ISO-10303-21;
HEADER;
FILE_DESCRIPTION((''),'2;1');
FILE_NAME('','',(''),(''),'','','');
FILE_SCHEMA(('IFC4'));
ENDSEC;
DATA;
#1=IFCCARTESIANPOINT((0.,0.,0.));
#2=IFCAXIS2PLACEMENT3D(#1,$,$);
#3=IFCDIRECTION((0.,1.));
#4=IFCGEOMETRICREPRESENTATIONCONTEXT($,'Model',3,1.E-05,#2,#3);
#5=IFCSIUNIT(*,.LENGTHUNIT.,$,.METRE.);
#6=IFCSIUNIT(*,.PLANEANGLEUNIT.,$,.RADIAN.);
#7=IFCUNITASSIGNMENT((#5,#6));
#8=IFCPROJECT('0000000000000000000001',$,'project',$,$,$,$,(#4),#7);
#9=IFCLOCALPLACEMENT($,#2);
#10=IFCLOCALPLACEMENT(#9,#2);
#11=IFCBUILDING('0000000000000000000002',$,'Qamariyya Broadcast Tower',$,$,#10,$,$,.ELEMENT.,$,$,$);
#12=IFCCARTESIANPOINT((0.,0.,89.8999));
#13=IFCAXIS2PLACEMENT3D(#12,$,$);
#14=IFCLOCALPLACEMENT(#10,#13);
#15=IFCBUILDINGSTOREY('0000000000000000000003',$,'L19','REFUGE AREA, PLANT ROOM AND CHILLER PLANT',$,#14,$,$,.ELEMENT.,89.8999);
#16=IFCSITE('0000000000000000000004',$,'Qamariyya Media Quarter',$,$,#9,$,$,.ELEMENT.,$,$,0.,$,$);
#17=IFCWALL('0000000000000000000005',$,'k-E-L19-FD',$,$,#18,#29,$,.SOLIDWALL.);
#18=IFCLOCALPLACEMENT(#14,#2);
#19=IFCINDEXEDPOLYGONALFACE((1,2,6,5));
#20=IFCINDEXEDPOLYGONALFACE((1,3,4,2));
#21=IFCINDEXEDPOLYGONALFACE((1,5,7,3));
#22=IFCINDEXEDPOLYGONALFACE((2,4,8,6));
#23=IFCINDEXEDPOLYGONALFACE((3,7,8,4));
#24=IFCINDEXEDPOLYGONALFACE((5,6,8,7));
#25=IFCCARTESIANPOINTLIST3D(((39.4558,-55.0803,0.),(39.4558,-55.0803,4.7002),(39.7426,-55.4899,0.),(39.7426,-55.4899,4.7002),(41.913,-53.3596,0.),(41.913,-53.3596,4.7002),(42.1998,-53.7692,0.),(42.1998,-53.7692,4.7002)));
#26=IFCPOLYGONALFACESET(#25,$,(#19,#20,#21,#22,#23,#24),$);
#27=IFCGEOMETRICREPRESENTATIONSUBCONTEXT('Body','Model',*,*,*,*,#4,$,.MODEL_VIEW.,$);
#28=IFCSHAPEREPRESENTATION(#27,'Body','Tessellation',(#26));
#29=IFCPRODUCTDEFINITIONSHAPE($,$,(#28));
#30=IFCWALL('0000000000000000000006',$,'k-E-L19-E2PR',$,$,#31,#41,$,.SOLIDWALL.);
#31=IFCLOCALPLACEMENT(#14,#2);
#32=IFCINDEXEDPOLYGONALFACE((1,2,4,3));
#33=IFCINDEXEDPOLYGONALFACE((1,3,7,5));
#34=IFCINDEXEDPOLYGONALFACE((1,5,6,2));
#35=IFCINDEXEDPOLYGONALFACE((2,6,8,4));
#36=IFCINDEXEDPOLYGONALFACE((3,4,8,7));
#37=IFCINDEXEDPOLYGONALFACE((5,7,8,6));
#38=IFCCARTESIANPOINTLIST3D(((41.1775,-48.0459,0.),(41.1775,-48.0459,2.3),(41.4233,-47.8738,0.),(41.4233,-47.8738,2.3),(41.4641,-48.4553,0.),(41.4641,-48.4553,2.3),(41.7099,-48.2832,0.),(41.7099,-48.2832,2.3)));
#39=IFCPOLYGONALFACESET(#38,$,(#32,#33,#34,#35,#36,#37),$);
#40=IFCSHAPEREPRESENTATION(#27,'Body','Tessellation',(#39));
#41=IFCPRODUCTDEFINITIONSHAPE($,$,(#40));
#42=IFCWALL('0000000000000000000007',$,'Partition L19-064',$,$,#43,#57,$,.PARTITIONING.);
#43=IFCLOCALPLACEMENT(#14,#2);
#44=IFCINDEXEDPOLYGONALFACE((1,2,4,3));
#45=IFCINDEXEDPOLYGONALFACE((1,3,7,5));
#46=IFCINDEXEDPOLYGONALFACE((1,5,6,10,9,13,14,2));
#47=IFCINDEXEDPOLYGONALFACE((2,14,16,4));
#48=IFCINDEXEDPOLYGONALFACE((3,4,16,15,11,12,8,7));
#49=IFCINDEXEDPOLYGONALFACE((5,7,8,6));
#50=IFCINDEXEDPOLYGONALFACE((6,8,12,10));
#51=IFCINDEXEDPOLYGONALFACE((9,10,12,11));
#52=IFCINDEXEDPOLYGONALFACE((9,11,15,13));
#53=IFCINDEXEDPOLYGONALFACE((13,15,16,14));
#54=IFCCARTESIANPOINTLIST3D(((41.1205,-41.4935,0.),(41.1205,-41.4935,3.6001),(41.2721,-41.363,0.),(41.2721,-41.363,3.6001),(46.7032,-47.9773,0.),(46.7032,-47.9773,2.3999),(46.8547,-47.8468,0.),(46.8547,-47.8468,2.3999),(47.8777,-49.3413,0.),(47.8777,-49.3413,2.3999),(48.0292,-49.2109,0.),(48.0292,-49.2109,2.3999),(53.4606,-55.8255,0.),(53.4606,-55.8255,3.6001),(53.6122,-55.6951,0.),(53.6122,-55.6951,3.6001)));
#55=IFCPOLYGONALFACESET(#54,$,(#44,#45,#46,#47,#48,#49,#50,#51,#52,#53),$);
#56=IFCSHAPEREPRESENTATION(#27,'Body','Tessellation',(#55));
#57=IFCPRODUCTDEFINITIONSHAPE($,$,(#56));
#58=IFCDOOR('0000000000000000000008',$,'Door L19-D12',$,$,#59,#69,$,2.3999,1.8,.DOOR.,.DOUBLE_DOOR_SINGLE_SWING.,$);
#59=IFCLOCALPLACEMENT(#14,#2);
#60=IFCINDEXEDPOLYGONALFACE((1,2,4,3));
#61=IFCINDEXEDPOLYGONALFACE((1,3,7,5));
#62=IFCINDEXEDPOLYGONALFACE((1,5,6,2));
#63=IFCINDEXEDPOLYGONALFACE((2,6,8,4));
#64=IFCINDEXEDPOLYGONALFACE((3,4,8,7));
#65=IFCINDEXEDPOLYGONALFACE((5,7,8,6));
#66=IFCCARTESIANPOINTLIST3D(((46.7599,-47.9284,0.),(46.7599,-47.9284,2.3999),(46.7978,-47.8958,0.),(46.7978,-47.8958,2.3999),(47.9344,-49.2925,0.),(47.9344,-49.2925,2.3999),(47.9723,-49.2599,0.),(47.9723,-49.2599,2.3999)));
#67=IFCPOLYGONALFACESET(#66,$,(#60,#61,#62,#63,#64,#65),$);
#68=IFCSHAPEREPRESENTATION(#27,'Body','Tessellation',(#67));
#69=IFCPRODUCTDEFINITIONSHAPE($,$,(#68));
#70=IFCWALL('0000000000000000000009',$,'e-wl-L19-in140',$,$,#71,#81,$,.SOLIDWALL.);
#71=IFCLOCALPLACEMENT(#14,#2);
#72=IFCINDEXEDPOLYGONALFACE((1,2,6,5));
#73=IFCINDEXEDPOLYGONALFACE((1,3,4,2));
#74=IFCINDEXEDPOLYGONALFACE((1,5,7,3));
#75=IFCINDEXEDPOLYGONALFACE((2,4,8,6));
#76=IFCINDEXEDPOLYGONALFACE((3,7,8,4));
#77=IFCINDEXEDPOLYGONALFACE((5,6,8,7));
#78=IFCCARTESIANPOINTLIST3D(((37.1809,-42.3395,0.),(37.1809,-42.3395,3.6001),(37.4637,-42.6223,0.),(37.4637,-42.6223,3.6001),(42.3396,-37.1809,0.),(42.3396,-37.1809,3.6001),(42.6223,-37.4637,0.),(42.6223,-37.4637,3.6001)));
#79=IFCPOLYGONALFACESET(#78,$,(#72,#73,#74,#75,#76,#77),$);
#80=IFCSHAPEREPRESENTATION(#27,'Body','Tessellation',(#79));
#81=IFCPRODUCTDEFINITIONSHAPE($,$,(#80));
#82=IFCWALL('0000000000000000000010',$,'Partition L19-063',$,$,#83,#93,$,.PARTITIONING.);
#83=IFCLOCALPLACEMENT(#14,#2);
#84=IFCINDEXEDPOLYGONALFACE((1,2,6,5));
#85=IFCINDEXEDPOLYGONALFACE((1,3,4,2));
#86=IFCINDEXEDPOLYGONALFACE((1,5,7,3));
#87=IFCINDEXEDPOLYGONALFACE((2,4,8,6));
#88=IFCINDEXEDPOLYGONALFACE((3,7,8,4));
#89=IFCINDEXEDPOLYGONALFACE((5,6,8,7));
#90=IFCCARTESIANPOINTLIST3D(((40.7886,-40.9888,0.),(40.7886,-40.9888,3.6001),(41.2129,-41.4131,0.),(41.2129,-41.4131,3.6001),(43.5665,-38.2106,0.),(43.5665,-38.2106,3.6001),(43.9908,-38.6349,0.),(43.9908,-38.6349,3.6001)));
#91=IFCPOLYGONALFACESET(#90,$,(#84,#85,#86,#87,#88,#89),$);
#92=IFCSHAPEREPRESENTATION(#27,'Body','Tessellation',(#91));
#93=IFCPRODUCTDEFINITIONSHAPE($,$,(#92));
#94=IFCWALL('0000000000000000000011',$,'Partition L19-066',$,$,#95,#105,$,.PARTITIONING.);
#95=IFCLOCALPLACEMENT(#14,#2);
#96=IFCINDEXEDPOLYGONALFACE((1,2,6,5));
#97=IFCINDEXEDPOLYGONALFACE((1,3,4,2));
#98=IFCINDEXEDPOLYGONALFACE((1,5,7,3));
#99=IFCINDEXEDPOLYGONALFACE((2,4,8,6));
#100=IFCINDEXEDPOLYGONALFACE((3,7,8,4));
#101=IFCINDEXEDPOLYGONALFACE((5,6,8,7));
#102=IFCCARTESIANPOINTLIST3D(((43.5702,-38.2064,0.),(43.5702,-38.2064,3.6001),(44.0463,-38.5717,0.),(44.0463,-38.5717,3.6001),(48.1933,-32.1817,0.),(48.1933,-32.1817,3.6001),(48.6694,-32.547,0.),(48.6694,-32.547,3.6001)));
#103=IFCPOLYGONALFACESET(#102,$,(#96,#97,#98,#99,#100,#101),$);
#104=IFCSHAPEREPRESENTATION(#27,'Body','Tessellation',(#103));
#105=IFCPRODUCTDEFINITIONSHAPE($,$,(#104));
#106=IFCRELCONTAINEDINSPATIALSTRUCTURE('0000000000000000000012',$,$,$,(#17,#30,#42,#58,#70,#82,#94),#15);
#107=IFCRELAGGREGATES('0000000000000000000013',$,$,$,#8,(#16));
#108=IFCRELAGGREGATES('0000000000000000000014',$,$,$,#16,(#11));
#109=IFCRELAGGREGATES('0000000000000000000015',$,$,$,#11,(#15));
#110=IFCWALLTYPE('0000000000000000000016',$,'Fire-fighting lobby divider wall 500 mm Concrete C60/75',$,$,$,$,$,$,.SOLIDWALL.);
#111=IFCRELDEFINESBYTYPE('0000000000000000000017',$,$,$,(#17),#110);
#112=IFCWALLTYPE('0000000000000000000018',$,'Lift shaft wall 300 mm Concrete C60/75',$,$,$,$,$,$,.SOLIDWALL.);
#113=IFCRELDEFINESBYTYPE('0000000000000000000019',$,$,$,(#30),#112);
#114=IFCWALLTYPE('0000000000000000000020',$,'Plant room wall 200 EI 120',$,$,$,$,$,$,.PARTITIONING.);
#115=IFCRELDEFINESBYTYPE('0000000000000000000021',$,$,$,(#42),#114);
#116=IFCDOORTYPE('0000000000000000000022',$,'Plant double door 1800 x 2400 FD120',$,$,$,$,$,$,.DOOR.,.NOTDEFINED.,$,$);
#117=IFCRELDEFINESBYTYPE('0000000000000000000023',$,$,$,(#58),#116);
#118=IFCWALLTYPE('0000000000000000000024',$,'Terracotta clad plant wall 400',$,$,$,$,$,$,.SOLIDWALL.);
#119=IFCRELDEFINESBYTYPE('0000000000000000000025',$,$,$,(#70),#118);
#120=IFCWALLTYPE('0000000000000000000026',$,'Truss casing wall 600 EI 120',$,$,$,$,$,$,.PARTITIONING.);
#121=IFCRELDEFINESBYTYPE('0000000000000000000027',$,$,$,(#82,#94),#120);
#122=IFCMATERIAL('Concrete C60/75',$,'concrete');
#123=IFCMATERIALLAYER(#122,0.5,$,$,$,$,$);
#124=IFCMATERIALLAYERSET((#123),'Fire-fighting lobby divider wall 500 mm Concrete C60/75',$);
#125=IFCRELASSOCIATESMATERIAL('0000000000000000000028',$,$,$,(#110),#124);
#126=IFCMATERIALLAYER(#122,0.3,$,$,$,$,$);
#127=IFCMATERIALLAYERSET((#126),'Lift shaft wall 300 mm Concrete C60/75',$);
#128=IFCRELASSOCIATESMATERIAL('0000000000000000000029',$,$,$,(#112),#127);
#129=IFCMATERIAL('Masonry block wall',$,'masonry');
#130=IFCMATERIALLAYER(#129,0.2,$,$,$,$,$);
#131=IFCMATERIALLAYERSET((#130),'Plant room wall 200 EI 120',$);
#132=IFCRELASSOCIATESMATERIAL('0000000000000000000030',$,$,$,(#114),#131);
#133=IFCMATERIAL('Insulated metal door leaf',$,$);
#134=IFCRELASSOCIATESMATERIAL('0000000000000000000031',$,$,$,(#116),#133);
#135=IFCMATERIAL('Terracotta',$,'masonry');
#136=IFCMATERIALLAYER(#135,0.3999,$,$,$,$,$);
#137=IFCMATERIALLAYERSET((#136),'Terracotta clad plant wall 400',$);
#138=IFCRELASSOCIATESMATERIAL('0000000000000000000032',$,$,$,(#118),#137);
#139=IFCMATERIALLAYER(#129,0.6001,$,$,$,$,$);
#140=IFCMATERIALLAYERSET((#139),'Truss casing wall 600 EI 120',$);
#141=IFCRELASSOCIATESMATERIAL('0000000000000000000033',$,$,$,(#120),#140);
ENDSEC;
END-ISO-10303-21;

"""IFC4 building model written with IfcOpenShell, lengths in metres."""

from ifc_helpers import new_model, si_unit, direction, frame, frame_2d, origin, place, context, subcontext, project, spatial, rectangle, extrude, material, layer, layer_set, type_object, element, fill, save


model = new_model("IFC4")

# Units and contexts
model_context = context("Model", 3, precision=1e-05, world=origin(), true_north=direction((0.0, 1.0)))
body_context = subcontext(model_context, "Body", "Model", "MODEL_VIEW")
ifc_project = project(units=[si_unit("LENGTHUNIT", "METRE"), si_unit("PLANEANGLEUNIT", "RADIAN")], contexts=[model_context])

# Site, building, storey
site_placement = place(None, origin())
site = spatial("IfcSite", under=ifc_project, at=site_placement, Name="Qamariyya Media Quarter", CompositionType="ELEMENT", RefElevation=0.0)
building_placement = place(site_placement, origin())
building = spatial("IfcBuilding", under=site, at=building_placement, Name="Qamariyya Broadcast Tower", CompositionType="ELEMENT")
storey_placement = place(building_placement, frame((0.0, 0.0, 89.8999)))
storey = spatial("IfcBuildingStorey", under=building, at=storey_placement, Name="L19", Description="REFUGE AREA, PLANT ROOM AND CHILLER PLANT", CompositionType="ELEMENT", Elevation=89.8999)

# Walls
ifc_material_1 = material(Name="Concrete C60/75", Category="concrete")
ifc_layer_1 = layer(ifc_material_1, 0.5)
ifc_layer_set_1 = layer_set([ifc_layer_1], Name="Fire-fighting lobby divider wall 500 mm Concrete C60/75")
wall_type_1 = type_object("IfcWallType", Name="Fire-fighting lobby divider wall 500 mm Concrete C60/75", PredefinedType="SOLIDWALL", material=ifc_layer_set_1)
wall_1_placement = place(storey_placement, frame((39.5991, -55.2852, 0.0), z_axis=(0.0, 0.0, 1.0), x_axis=(0.819136, 0.573599, 0.0)))
element("IfcWall", 1, at=wall_1_placement, inside=storey, type_object=wall_type_1, Name="k-E-L19-FD", PredefinedType="SOLIDWALL", context=body_context, shape_type="SweptSolid", body=[
    extrude(rectangle(XDim=2.9998, YDim=0.5, at=frame_2d((1.5, 0.0))), origin(), (0.0, 0.0, 1.0), 4.7002),
])
ifc_layer_2 = layer(ifc_material_1, 0.3)
ifc_layer_set_2 = layer_set([ifc_layer_2], Name="Lift shaft wall 300 mm Concrete C60/75")
wall_type_2 = type_object("IfcWallType", Name="Lift shaft wall 300 mm Concrete C60/75", PredefinedType="SOLIDWALL", material=ifc_layer_set_2)
wall_2_placement = place(storey_placement, frame((41.3003, -47.9597, 0.0), z_axis=(0.0, 0.0, 1.0), x_axis=(0.573495, -0.819209, 0.0)))
element("IfcWall", 2, at=wall_2_placement, inside=storey, type_object=wall_type_2, Name="k-E-L19-E2PR", PredefinedType="SOLIDWALL", context=body_context, shape_type="SweptSolid", body=[
    extrude(rectangle(XDim=0.4998, YDim=0.3, at=frame_2d((0.25, 0.0))), origin(), (0.0, 0.0, 1.0), 2.3),
])

# Wall, opening, door
ifc_material_2 = material(Name="Masonry block wall", Category="masonry")
ifc_layer_3 = layer(ifc_material_2, 0.2)
ifc_layer_set_3 = layer_set([ifc_layer_3], Name="Plant room wall 200 EI 120")
wall_type_3 = type_object("IfcWallType", Name="Plant room wall 200 EI 120", PredefinedType="PARTITIONING", material=ifc_layer_set_3)
wall_3_placement = place(storey_placement, frame((41.1963, -41.4282, 0.0), z_axis=(0.0, 0.0, 1.0), x_axis=(0.652481, -0.757805, 0.0)))
wall_3 = element("IfcWall", 3, at=wall_3_placement, inside=storey, type_object=wall_type_3, Name="Partition L19-064", PredefinedType="PARTITIONING", context=body_context, shape_type="SweptSolid", body=[
    extrude(rectangle(XDim=18.9126, YDim=0.2, at=frame_2d((9.4563, 0.0))), origin(), (0.0, 0.0, 1.0), 3.6001),
])
opening_placement = place(wall_3_placement, frame((8.5562, 0.0, 0.0)))
opening = element("IfcOpeningElement", 4, at=opening_placement, cuts=wall_3, PredefinedType="OPENING", context=body_context, shape_type="SweptSolid", body=[
    extrude(rectangle(XDim=1.8, YDim=2.3999, at=frame_2d((0.8999, 1.2))), frame((0.0, 0.1099, 0.0), z_axis=(0.0, -1.0, 0.0), x_axis=(1.0, 0.0, 0.0)), (0.0, 0.0, 1.0), 0.22),
])
ifc_material_3 = material(Name="Insulated metal door leaf")
door_type = type_object("IfcDoorType", Name="Plant double door 1800 x 2400 FD120", OperationType="NOTDEFINED", PredefinedType="DOOR", material=ifc_material_3)
door_placement = place(opening_placement, origin())
door = element("IfcDoor", 5, at=door_placement, inside=storey, type_object=door_type, Name="Door L19-D12", OperationType="DOUBLE_DOOR_SINGLE_SWING", OverallHeight=2.3999, OverallWidth=1.8, PredefinedType="DOOR", context=body_context, shape_type="SweptSolid", body=[
    extrude(rectangle(XDim=1.8, YDim=2.3999, at=frame_2d((0.8999, 1.2))), frame((0.0, 0.0249, 0.0), z_axis=(0.0, -1.0, 0.0), x_axis=(1.0, 0.0, 0.0)), (0.0, 0.0, 1.0), 0.05),
])
fill(opening, door)

# Walls
ifc_material_4 = material(Name="Terracotta", Category="masonry")
ifc_layer_4 = layer(ifc_material_4, 0.3999)
ifc_layer_set_4 = layer_set([ifc_layer_4], Name="Terracotta clad plant wall 400")
wall_type_4 = type_object("IfcWallType", Name="Terracotta clad plant wall 400", PredefinedType="SOLIDWALL", material=ifc_layer_set_4)
wall_4_placement = place(storey_placement, frame((42.481, -37.3223, 0.0), z_axis=(0.0, 0.0, 1.0), x_axis=(-0.707107, -0.707107, 0.0)))
element("IfcWall", 6, at=wall_4_placement, inside=storey, type_object=wall_type_4, Name="e-wl-L19-in140", PredefinedType="SOLIDWALL", context=body_context, shape_type="SweptSolid", body=[
    extrude(rectangle(XDim=7.2954, YDim=0.3999, at=frame_2d((3.6477, 0.0))), origin(), (0.0, 0.0, 1.0), 3.6001),
])
ifc_layer_5 = layer(ifc_material_2, 0.6001)
ifc_layer_set_5 = layer_set([ifc_layer_5], Name="Truss casing wall 600 EI 120")
wall_type_5 = type_object("IfcWallType", Name="Truss casing wall 600 EI 120", PredefinedType="PARTITIONING", material=ifc_layer_set_5)
wall_5_placement = place(storey_placement, frame((41.0007, -41.2009, 0.0), z_axis=(0.0, 0.0, 1.0), x_axis=(0.707076, 0.707138, 0.0)))
element("IfcWall", 7, at=wall_5_placement, inside=storey, type_object=wall_type_5, Name="Partition L19-063", PredefinedType="PARTITIONING", context=body_context, shape_type="SweptSolid", body=[
    extrude(rectangle(XDim=3.9287, YDim=0.6001, at=frame_2d((1.9644, 0.0))), origin(), (0.0, 0.0, 1.0), 3.6001),
])
wall_6_placement = place(storey_placement, frame((43.8083, -38.3889, 0.0), z_axis=(0.0, 0.0, 1.0), x_axis=(0.608775, 0.793343, 0.0)))
element("IfcWall", 8, at=wall_6_placement, inside=storey, type_object=wall_type_5, Name="Partition L19-066", PredefinedType="PARTITIONING", context=body_context, shape_type="SweptSolid", body=[
    extrude(rectangle(XDim=7.594, YDim=0.6001, at=frame_2d((3.7969, 0.0))), origin(), (0.0, 0.0, 1.0), 3.6001),
])

save(model, "model.ifc")
